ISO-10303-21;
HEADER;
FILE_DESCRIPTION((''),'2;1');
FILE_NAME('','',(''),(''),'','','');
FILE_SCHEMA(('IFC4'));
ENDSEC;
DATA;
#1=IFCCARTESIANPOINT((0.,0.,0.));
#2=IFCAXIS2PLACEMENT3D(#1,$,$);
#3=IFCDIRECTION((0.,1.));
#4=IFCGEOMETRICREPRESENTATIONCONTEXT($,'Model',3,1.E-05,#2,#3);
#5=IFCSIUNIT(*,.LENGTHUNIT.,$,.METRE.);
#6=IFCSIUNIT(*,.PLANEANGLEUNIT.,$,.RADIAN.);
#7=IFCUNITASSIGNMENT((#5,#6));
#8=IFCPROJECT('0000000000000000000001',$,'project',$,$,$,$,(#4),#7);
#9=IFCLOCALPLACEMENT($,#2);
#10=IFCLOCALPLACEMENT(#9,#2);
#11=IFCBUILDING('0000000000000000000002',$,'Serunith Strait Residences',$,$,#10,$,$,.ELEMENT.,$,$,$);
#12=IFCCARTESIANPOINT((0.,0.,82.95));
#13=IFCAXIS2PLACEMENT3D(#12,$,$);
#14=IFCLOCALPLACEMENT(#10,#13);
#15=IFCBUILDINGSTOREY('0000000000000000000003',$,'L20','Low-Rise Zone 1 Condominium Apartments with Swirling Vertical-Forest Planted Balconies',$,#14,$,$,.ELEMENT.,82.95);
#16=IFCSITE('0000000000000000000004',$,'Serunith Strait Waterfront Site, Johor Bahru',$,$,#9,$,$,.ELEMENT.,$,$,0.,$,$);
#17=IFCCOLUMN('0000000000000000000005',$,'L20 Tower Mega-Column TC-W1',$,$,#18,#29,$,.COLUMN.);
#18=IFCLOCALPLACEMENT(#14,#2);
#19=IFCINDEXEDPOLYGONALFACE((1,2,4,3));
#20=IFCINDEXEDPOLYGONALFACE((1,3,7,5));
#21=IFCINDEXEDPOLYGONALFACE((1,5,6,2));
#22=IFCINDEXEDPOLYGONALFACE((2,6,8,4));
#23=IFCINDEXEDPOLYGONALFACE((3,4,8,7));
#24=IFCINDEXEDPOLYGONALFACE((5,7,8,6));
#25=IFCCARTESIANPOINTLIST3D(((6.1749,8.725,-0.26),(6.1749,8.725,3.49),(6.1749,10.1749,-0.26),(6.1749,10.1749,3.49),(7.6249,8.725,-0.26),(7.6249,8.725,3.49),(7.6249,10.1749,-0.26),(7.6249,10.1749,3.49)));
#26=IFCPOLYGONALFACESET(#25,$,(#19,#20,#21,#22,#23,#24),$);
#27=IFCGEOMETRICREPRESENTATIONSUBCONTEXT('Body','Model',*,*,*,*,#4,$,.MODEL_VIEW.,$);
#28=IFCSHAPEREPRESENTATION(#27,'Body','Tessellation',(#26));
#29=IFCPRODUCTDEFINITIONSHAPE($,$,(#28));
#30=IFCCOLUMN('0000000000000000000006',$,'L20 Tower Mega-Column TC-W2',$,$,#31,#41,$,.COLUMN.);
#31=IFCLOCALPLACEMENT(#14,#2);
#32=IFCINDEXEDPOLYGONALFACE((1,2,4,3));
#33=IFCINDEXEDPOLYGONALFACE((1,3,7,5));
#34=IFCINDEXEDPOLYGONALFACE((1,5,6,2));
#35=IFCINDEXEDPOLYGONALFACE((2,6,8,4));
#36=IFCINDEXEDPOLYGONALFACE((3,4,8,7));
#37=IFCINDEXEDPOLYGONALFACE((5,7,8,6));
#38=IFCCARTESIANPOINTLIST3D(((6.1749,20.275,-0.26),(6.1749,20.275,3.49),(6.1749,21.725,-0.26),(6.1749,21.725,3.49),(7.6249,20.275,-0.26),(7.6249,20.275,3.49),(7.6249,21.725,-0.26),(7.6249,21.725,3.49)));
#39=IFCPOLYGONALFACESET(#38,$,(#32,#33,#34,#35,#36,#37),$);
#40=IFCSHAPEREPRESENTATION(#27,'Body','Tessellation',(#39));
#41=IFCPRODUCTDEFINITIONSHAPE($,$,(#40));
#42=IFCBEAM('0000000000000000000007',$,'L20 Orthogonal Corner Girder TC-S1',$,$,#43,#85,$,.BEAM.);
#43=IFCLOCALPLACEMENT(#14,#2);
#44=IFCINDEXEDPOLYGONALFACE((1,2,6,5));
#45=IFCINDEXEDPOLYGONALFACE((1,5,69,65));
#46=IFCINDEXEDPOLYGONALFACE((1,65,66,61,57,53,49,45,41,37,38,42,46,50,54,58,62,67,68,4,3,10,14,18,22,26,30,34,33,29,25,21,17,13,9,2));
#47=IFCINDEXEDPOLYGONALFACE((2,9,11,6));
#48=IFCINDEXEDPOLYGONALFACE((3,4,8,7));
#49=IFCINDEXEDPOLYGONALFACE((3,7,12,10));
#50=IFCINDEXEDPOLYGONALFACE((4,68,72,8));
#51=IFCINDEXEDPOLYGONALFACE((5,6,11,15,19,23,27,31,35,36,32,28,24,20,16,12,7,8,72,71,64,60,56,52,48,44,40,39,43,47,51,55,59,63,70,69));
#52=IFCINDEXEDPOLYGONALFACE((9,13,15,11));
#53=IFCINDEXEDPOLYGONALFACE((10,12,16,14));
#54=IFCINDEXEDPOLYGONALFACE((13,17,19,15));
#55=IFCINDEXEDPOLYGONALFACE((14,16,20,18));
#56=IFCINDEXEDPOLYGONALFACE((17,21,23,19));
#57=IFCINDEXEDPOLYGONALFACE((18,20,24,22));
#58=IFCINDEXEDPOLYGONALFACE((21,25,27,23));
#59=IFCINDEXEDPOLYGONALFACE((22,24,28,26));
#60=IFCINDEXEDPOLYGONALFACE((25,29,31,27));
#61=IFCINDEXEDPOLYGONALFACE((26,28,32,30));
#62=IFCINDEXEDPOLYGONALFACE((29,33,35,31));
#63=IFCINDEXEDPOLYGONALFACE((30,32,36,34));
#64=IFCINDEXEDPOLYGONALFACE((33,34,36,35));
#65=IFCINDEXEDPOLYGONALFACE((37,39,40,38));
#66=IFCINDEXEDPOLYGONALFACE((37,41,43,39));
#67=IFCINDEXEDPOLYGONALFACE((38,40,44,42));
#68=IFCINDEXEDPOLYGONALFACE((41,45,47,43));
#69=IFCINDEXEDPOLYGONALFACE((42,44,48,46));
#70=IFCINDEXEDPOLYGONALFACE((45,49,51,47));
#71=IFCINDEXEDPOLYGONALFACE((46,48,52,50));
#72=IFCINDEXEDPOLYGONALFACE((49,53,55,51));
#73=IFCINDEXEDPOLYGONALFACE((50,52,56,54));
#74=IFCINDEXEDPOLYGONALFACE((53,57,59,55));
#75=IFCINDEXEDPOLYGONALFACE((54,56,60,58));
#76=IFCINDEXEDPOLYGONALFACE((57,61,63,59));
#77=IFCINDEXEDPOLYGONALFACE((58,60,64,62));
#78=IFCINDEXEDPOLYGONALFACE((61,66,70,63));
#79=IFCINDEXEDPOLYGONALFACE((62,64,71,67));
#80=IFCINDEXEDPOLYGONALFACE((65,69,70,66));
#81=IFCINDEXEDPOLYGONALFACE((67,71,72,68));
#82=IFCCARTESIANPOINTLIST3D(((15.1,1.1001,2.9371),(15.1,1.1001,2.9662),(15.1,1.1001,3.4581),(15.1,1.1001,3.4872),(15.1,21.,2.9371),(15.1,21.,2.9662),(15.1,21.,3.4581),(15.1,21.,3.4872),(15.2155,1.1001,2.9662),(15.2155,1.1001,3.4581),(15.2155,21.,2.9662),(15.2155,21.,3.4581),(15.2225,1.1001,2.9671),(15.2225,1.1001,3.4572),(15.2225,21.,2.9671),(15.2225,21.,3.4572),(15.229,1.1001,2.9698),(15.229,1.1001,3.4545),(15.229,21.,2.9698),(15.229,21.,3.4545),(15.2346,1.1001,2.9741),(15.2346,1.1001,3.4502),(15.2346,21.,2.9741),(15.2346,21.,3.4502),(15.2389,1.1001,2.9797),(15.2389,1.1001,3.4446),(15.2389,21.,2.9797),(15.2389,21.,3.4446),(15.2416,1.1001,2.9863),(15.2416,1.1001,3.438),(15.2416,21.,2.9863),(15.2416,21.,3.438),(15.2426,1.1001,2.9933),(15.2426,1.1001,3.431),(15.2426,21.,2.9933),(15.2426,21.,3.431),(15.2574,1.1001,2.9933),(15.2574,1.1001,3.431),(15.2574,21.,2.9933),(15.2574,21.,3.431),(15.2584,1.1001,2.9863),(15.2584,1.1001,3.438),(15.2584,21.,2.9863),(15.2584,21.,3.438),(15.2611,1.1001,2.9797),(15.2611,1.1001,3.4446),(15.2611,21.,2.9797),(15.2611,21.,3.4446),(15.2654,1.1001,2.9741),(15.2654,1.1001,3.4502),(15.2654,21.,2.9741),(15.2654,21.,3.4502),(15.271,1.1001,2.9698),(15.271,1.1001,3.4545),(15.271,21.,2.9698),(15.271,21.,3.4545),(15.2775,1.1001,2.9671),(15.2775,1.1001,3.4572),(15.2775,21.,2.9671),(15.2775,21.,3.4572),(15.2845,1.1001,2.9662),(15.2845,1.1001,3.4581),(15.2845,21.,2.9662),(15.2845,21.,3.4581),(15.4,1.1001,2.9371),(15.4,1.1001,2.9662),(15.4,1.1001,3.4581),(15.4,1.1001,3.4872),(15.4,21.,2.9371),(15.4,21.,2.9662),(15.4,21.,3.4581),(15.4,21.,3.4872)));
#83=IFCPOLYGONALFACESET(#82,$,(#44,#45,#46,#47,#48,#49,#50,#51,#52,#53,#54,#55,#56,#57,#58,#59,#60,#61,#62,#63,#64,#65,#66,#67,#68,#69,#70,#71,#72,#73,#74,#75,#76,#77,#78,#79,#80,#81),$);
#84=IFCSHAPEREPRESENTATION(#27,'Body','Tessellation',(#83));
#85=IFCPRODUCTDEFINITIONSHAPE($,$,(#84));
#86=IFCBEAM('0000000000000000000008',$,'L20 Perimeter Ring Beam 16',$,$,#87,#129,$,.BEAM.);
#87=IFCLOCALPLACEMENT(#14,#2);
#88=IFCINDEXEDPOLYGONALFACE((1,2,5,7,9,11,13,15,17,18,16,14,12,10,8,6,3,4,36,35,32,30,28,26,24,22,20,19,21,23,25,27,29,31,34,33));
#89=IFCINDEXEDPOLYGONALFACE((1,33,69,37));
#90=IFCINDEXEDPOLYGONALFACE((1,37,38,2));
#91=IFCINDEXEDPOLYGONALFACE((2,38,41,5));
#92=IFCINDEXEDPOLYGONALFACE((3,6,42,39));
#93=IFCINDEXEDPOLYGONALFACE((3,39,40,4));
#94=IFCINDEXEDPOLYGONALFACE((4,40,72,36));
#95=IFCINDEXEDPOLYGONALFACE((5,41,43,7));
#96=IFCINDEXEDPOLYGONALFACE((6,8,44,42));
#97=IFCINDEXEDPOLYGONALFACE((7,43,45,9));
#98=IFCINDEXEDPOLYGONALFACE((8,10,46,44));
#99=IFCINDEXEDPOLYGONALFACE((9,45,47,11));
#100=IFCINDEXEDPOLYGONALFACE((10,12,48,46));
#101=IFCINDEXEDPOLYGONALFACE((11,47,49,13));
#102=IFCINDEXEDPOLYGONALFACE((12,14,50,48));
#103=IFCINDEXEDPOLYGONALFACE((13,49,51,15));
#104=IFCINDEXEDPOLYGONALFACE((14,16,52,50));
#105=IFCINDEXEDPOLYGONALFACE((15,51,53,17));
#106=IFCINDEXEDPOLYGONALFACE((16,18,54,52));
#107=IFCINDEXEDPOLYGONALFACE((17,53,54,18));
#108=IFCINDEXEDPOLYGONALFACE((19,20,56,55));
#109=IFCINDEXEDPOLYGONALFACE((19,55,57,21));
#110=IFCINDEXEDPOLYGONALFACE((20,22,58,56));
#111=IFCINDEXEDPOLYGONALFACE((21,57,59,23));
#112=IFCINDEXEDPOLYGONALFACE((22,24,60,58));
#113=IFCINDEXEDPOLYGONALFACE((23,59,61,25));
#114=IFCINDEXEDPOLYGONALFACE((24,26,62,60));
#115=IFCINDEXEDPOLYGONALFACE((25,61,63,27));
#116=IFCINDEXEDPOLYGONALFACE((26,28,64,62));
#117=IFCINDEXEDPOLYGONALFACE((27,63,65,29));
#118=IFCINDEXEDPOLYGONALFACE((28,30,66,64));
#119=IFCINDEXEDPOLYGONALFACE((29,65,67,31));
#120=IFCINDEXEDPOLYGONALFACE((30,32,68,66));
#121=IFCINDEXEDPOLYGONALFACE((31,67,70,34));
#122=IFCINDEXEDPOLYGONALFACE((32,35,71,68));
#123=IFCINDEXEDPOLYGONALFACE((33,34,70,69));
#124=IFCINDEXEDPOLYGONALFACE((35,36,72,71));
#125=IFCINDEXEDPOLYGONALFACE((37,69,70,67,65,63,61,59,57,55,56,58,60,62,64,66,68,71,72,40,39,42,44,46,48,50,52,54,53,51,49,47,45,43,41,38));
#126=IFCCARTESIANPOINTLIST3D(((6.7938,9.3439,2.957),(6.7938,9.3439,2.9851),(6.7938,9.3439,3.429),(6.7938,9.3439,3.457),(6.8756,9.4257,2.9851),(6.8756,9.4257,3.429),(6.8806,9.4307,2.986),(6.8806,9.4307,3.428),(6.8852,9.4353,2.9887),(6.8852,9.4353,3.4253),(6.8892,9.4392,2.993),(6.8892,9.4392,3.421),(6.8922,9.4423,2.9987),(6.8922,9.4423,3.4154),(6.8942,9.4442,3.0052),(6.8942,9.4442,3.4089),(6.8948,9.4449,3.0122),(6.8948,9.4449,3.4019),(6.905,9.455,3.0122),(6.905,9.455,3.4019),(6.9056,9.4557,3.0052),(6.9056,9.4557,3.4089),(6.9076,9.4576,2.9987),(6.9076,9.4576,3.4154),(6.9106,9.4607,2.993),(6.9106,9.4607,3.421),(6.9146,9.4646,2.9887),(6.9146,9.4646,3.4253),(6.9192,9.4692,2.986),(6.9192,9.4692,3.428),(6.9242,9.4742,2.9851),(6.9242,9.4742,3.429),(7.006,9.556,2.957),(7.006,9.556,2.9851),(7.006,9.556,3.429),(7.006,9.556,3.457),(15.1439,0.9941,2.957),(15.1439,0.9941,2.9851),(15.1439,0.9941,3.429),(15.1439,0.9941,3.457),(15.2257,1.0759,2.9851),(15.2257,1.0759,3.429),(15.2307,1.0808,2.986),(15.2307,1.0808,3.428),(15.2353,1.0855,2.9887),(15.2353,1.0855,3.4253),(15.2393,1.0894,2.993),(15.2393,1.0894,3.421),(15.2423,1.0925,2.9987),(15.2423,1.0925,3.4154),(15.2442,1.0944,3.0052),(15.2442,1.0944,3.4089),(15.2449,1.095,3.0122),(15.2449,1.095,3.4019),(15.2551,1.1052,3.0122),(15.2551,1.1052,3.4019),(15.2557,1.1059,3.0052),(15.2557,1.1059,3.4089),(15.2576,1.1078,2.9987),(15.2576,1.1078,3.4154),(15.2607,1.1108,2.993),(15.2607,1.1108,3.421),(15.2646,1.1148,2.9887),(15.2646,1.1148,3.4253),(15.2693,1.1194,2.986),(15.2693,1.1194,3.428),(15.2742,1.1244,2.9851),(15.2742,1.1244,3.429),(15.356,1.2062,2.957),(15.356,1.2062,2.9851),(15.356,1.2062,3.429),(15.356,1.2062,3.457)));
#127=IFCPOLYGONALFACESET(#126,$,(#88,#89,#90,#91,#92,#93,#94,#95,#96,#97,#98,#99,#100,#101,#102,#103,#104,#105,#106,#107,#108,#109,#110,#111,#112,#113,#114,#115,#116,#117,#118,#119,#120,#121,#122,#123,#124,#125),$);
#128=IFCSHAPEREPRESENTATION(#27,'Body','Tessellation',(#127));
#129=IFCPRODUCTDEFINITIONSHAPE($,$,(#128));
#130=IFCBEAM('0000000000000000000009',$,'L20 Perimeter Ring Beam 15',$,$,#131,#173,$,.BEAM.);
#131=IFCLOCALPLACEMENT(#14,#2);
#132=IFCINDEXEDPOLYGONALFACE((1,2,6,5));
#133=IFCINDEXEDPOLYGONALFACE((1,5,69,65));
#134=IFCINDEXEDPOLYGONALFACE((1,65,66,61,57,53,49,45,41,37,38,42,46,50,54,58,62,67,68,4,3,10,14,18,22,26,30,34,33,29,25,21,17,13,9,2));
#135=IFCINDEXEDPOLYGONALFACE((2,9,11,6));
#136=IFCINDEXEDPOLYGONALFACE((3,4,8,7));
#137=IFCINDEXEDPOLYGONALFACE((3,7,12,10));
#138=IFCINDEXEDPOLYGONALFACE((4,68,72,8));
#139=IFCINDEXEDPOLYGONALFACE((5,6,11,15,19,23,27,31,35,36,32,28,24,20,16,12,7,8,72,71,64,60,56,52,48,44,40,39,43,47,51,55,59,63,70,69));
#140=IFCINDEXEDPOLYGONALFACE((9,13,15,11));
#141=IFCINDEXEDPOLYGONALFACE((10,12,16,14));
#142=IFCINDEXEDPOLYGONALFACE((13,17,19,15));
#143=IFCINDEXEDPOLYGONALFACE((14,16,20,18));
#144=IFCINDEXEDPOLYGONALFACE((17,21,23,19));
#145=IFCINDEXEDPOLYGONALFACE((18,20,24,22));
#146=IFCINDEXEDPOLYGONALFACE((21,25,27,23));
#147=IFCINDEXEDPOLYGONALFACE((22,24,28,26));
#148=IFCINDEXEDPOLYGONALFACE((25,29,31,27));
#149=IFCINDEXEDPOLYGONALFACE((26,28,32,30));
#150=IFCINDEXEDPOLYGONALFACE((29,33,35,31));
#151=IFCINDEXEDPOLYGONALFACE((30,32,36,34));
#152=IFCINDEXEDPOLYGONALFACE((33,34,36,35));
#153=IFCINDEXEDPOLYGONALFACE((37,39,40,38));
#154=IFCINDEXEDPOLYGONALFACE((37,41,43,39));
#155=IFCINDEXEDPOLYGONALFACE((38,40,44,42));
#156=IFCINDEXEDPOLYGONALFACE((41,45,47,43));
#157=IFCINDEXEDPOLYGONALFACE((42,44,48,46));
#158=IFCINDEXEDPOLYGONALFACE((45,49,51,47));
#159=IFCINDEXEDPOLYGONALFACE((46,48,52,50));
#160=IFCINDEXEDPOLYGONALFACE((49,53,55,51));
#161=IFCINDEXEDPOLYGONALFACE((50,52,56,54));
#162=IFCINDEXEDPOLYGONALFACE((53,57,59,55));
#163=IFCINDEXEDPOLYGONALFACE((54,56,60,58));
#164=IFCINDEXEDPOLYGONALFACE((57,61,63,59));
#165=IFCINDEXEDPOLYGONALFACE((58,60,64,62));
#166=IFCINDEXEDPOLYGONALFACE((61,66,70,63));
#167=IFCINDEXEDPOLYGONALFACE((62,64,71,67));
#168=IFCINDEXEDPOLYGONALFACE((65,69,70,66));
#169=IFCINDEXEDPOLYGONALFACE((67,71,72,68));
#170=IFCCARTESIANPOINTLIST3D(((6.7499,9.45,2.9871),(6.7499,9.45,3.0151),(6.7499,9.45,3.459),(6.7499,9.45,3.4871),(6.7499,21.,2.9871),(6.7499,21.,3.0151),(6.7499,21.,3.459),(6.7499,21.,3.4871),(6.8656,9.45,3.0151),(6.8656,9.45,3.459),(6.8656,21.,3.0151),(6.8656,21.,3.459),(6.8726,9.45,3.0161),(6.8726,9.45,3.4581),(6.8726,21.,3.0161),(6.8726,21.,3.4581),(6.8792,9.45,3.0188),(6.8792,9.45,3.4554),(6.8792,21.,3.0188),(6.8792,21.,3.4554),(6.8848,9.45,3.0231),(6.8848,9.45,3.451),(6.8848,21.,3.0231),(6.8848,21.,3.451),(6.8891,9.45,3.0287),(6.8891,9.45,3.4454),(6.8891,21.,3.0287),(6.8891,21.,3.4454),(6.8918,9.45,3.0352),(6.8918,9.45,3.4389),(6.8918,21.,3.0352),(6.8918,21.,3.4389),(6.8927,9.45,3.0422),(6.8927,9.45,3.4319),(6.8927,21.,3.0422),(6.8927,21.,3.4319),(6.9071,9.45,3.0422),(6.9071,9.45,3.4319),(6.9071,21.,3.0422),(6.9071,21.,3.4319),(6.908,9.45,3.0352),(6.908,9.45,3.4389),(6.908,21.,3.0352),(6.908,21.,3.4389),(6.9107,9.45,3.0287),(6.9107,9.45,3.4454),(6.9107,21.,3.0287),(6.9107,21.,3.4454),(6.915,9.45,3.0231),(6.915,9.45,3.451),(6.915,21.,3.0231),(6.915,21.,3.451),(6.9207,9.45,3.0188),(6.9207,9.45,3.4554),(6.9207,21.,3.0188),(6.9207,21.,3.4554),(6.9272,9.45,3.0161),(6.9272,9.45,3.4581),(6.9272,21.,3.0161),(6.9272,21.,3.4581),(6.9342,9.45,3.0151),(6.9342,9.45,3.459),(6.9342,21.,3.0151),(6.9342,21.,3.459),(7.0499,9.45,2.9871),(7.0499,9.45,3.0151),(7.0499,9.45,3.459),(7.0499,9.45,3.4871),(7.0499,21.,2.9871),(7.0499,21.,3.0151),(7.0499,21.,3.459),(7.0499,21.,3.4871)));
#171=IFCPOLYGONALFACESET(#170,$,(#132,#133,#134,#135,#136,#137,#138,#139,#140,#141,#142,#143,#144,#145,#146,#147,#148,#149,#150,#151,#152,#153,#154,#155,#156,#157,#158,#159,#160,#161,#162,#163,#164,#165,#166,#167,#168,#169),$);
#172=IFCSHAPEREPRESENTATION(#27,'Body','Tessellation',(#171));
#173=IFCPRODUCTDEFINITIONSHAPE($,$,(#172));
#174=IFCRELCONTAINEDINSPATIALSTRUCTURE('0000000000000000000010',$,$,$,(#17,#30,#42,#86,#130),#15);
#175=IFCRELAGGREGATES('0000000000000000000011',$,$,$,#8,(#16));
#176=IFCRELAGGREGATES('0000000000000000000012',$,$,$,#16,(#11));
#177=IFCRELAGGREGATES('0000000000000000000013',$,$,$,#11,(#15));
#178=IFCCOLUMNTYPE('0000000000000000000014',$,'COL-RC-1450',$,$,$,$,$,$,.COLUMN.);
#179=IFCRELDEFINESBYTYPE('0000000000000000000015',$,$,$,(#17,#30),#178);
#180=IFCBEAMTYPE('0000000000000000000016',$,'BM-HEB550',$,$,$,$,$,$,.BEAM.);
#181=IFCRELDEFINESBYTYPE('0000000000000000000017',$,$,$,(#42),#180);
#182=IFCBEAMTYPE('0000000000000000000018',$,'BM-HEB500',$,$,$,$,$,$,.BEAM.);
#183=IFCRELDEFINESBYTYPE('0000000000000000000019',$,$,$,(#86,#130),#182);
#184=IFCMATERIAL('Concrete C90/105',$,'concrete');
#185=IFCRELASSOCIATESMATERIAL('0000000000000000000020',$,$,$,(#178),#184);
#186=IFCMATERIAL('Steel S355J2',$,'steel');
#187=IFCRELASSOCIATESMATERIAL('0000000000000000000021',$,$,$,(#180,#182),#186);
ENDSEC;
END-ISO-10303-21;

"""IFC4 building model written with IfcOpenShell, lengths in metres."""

from ifc_helpers import new_model, si_unit, direction, frame, origin, origin_2d, place, context, subcontext, project, spatial, rectangle, i_section, extrude, source, transform, mapped, material, material_profile, profile_set, type_object, element, save


model = new_model("IFC4")

# Units and contexts
model_context = context("Model", 3, precision=1e-05, world=origin(), true_north=direction((0.0, 1.0)))
body_context = subcontext(model_context, "Body", "Model", "MODEL_VIEW")
ifc_project = project(units=[si_unit("LENGTHUNIT", "METRE"), si_unit("PLANEANGLEUNIT", "RADIAN")], contexts=[model_context])

# Site, building, storey
site_placement = place(None, origin())
site = spatial("IfcSite", under=ifc_project, at=site_placement, Name="Serunith Strait Waterfront Site, Johor Bahru", CompositionType="ELEMENT", RefElevation=0.0)
building_placement = place(site_placement, origin())
building = spatial("IfcBuilding", under=site, at=building_placement, Name="Serunith Strait Residences", CompositionType="ELEMENT")
storey_placement = place(building_placement, frame((0.0, 0.0, 82.95)))
storey = spatial("IfcBuildingStorey", under=building, at=storey_placement, Name="L20", Description="Low-Rise Zone 1 Condominium Apartments with Swirling Vertical-Forest Planted Balconies", CompositionType="ELEMENT", Elevation=82.95)

# Columns
ifc_material_1 = material(Name="Concrete C90/105", Category="concrete")
ifc_material_profile_1 = material_profile(ifc_material_1, rectangle(XDim=1.45, YDim=1.45, at=origin_2d()), Name="RC 1450x1450")
ifc_profile_set_1 = profile_set([ifc_material_profile_1], Name="Concrete C90/105")
column_type = type_object("IfcColumnType", Name="COL-RC-1450", PredefinedType="COLUMN", material=ifc_profile_set_1)
shared_shape_1 = source(origin(), body_context, "Body", "SweptSolid", [
    extrude(rectangle(XDim=1.45, YDim=1.45, at=origin_2d()), origin(), (0.0, 0.0, 1.0), 3.75),
])
for number, where, z_axis, x_axis, name in (
    (1, (6.8999, 9.45, -0.26), (0.0, 0.0, 1.0), (1.0, 0.0, 0.0), "L20 Tower Mega-Column TC-W1"),
    (2, (6.8999, 21.0, -0.26), (0.0, 0.0, 1.0), (1.0, 0.0, 0.0), "L20 Tower Mega-Column TC-W2"),
):
    element("IfcColumn", number, at=place(storey_placement, frame(where, z_axis=z_axis, x_axis=x_axis)), inside=storey, type_object=column_type, Name=name, PredefinedType="COLUMN", context=body_context, shape_type="MappedRepresentation", body=[
        mapped(shared_shape_1, transform((0.0, 0.0, 0.0), scale=1.0)),
    ])

# Beams
ifc_material_2 = material(Name="Steel S355J2", Category="steel")
ifc_material_profile_2 = material_profile(ifc_material_2, i_section(OverallWidth=0.3, OverallDepth=0.55, WebThickness=0.0149, FlangeThickness=0.0291, FilletRadius=0.0271, at=origin_2d()), Name="HEB 550")
ifc_profile_set_2 = profile_set([ifc_material_profile_2], Name="Steel S355J2")
beam_type_1 = type_object("IfcBeamType", Name="BM-HEB550", PredefinedType="BEAM", material=ifc_profile_set_2)
shared_shape_2 = source(origin(), body_context, "Body", "SweptSolid", [
    extrude(i_section(OverallWidth=0.3, OverallDepth=0.55, WebThickness=0.0149, FlangeThickness=0.0291, FilletRadius=0.0271, at=origin_2d()), origin(), (0.0, 0.0, 1.0), 19.8999),
])
beam_1_placement = place(storey_placement, frame((15.25, 21.0, 3.2122), z_axis=(0.0, -1.0, 0.0), x_axis=(1.0, 0.0, 0.0)))
element("IfcBeam", 3, at=beam_1_placement, inside=storey, type_object=beam_type_1, Name="L20 Orthogonal Corner Girder TC-S1", PredefinedType="BEAM", context=body_context, shape_type="MappedRepresentation", body=[
    mapped(shared_shape_2, transform((0.0, 0.0, 0.0), scale=1.0)),
])
ifc_material_profile_3 = material_profile(ifc_material_2, i_section(OverallWidth=0.3, OverallDepth=0.5, WebThickness=0.0144, FlangeThickness=0.0281, FilletRadius=0.0271, at=origin_2d()), Name="HEB 500")
ifc_profile_set_3 = profile_set([ifc_material_profile_3], Name="Steel S355J2")
beam_type_2 = type_object("IfcBeamType", Name="BM-HEB500", PredefinedType="BEAM", material=ifc_profile_set_3)
shared_shape_3 = source(origin(), body_context, "Body", "SweptSolid", [
    extrude(i_section(OverallWidth=0.3, OverallDepth=0.5, WebThickness=0.0144, FlangeThickness=0.0281, FilletRadius=0.0271, at=origin_2d()), origin(), (0.0, 0.0, 1.0), 11.8086),
])
beam_2_placement = place(storey_placement, frame((6.8999, 9.45, 3.207), z_axis=(0.707117, -0.707096, 0.0), x_axis=(0.707096, 0.707117, 0.0)))
element("IfcBeam", 4, at=beam_2_placement, inside=storey, type_object=beam_type_2, Name="L20 Perimeter Ring Beam 16", PredefinedType="BEAM", context=body_context, shape_type="MappedRepresentation", body=[
    mapped(shared_shape_3, transform((0.0, 0.0, 0.0), scale=1.0)),
])
shared_shape_4 = source(origin(), body_context, "Body", "SweptSolid", [
    extrude(i_section(OverallWidth=0.3, OverallDepth=0.5, WebThickness=0.0144, FlangeThickness=0.0281, FilletRadius=0.0271, at=origin_2d()), origin(), (0.0, 0.0, 1.0), 11.55),
])
beam_3_placement = place(storey_placement, frame((6.8999, 21.0, 3.2371), z_axis=(0.0, -1.0, 0.0), x_axis=(1.0, 0.0, 0.0)))
element("IfcBeam", 5, at=beam_3_placement, inside=storey, type_object=beam_type_2, Name="L20 Perimeter Ring Beam 15", PredefinedType="BEAM", context=body_context, shape_type="MappedRepresentation", body=[
    mapped(shared_shape_4, transform((0.0, 0.0, 0.0), scale=1.0)),
])

save(model, "model.ifc")
